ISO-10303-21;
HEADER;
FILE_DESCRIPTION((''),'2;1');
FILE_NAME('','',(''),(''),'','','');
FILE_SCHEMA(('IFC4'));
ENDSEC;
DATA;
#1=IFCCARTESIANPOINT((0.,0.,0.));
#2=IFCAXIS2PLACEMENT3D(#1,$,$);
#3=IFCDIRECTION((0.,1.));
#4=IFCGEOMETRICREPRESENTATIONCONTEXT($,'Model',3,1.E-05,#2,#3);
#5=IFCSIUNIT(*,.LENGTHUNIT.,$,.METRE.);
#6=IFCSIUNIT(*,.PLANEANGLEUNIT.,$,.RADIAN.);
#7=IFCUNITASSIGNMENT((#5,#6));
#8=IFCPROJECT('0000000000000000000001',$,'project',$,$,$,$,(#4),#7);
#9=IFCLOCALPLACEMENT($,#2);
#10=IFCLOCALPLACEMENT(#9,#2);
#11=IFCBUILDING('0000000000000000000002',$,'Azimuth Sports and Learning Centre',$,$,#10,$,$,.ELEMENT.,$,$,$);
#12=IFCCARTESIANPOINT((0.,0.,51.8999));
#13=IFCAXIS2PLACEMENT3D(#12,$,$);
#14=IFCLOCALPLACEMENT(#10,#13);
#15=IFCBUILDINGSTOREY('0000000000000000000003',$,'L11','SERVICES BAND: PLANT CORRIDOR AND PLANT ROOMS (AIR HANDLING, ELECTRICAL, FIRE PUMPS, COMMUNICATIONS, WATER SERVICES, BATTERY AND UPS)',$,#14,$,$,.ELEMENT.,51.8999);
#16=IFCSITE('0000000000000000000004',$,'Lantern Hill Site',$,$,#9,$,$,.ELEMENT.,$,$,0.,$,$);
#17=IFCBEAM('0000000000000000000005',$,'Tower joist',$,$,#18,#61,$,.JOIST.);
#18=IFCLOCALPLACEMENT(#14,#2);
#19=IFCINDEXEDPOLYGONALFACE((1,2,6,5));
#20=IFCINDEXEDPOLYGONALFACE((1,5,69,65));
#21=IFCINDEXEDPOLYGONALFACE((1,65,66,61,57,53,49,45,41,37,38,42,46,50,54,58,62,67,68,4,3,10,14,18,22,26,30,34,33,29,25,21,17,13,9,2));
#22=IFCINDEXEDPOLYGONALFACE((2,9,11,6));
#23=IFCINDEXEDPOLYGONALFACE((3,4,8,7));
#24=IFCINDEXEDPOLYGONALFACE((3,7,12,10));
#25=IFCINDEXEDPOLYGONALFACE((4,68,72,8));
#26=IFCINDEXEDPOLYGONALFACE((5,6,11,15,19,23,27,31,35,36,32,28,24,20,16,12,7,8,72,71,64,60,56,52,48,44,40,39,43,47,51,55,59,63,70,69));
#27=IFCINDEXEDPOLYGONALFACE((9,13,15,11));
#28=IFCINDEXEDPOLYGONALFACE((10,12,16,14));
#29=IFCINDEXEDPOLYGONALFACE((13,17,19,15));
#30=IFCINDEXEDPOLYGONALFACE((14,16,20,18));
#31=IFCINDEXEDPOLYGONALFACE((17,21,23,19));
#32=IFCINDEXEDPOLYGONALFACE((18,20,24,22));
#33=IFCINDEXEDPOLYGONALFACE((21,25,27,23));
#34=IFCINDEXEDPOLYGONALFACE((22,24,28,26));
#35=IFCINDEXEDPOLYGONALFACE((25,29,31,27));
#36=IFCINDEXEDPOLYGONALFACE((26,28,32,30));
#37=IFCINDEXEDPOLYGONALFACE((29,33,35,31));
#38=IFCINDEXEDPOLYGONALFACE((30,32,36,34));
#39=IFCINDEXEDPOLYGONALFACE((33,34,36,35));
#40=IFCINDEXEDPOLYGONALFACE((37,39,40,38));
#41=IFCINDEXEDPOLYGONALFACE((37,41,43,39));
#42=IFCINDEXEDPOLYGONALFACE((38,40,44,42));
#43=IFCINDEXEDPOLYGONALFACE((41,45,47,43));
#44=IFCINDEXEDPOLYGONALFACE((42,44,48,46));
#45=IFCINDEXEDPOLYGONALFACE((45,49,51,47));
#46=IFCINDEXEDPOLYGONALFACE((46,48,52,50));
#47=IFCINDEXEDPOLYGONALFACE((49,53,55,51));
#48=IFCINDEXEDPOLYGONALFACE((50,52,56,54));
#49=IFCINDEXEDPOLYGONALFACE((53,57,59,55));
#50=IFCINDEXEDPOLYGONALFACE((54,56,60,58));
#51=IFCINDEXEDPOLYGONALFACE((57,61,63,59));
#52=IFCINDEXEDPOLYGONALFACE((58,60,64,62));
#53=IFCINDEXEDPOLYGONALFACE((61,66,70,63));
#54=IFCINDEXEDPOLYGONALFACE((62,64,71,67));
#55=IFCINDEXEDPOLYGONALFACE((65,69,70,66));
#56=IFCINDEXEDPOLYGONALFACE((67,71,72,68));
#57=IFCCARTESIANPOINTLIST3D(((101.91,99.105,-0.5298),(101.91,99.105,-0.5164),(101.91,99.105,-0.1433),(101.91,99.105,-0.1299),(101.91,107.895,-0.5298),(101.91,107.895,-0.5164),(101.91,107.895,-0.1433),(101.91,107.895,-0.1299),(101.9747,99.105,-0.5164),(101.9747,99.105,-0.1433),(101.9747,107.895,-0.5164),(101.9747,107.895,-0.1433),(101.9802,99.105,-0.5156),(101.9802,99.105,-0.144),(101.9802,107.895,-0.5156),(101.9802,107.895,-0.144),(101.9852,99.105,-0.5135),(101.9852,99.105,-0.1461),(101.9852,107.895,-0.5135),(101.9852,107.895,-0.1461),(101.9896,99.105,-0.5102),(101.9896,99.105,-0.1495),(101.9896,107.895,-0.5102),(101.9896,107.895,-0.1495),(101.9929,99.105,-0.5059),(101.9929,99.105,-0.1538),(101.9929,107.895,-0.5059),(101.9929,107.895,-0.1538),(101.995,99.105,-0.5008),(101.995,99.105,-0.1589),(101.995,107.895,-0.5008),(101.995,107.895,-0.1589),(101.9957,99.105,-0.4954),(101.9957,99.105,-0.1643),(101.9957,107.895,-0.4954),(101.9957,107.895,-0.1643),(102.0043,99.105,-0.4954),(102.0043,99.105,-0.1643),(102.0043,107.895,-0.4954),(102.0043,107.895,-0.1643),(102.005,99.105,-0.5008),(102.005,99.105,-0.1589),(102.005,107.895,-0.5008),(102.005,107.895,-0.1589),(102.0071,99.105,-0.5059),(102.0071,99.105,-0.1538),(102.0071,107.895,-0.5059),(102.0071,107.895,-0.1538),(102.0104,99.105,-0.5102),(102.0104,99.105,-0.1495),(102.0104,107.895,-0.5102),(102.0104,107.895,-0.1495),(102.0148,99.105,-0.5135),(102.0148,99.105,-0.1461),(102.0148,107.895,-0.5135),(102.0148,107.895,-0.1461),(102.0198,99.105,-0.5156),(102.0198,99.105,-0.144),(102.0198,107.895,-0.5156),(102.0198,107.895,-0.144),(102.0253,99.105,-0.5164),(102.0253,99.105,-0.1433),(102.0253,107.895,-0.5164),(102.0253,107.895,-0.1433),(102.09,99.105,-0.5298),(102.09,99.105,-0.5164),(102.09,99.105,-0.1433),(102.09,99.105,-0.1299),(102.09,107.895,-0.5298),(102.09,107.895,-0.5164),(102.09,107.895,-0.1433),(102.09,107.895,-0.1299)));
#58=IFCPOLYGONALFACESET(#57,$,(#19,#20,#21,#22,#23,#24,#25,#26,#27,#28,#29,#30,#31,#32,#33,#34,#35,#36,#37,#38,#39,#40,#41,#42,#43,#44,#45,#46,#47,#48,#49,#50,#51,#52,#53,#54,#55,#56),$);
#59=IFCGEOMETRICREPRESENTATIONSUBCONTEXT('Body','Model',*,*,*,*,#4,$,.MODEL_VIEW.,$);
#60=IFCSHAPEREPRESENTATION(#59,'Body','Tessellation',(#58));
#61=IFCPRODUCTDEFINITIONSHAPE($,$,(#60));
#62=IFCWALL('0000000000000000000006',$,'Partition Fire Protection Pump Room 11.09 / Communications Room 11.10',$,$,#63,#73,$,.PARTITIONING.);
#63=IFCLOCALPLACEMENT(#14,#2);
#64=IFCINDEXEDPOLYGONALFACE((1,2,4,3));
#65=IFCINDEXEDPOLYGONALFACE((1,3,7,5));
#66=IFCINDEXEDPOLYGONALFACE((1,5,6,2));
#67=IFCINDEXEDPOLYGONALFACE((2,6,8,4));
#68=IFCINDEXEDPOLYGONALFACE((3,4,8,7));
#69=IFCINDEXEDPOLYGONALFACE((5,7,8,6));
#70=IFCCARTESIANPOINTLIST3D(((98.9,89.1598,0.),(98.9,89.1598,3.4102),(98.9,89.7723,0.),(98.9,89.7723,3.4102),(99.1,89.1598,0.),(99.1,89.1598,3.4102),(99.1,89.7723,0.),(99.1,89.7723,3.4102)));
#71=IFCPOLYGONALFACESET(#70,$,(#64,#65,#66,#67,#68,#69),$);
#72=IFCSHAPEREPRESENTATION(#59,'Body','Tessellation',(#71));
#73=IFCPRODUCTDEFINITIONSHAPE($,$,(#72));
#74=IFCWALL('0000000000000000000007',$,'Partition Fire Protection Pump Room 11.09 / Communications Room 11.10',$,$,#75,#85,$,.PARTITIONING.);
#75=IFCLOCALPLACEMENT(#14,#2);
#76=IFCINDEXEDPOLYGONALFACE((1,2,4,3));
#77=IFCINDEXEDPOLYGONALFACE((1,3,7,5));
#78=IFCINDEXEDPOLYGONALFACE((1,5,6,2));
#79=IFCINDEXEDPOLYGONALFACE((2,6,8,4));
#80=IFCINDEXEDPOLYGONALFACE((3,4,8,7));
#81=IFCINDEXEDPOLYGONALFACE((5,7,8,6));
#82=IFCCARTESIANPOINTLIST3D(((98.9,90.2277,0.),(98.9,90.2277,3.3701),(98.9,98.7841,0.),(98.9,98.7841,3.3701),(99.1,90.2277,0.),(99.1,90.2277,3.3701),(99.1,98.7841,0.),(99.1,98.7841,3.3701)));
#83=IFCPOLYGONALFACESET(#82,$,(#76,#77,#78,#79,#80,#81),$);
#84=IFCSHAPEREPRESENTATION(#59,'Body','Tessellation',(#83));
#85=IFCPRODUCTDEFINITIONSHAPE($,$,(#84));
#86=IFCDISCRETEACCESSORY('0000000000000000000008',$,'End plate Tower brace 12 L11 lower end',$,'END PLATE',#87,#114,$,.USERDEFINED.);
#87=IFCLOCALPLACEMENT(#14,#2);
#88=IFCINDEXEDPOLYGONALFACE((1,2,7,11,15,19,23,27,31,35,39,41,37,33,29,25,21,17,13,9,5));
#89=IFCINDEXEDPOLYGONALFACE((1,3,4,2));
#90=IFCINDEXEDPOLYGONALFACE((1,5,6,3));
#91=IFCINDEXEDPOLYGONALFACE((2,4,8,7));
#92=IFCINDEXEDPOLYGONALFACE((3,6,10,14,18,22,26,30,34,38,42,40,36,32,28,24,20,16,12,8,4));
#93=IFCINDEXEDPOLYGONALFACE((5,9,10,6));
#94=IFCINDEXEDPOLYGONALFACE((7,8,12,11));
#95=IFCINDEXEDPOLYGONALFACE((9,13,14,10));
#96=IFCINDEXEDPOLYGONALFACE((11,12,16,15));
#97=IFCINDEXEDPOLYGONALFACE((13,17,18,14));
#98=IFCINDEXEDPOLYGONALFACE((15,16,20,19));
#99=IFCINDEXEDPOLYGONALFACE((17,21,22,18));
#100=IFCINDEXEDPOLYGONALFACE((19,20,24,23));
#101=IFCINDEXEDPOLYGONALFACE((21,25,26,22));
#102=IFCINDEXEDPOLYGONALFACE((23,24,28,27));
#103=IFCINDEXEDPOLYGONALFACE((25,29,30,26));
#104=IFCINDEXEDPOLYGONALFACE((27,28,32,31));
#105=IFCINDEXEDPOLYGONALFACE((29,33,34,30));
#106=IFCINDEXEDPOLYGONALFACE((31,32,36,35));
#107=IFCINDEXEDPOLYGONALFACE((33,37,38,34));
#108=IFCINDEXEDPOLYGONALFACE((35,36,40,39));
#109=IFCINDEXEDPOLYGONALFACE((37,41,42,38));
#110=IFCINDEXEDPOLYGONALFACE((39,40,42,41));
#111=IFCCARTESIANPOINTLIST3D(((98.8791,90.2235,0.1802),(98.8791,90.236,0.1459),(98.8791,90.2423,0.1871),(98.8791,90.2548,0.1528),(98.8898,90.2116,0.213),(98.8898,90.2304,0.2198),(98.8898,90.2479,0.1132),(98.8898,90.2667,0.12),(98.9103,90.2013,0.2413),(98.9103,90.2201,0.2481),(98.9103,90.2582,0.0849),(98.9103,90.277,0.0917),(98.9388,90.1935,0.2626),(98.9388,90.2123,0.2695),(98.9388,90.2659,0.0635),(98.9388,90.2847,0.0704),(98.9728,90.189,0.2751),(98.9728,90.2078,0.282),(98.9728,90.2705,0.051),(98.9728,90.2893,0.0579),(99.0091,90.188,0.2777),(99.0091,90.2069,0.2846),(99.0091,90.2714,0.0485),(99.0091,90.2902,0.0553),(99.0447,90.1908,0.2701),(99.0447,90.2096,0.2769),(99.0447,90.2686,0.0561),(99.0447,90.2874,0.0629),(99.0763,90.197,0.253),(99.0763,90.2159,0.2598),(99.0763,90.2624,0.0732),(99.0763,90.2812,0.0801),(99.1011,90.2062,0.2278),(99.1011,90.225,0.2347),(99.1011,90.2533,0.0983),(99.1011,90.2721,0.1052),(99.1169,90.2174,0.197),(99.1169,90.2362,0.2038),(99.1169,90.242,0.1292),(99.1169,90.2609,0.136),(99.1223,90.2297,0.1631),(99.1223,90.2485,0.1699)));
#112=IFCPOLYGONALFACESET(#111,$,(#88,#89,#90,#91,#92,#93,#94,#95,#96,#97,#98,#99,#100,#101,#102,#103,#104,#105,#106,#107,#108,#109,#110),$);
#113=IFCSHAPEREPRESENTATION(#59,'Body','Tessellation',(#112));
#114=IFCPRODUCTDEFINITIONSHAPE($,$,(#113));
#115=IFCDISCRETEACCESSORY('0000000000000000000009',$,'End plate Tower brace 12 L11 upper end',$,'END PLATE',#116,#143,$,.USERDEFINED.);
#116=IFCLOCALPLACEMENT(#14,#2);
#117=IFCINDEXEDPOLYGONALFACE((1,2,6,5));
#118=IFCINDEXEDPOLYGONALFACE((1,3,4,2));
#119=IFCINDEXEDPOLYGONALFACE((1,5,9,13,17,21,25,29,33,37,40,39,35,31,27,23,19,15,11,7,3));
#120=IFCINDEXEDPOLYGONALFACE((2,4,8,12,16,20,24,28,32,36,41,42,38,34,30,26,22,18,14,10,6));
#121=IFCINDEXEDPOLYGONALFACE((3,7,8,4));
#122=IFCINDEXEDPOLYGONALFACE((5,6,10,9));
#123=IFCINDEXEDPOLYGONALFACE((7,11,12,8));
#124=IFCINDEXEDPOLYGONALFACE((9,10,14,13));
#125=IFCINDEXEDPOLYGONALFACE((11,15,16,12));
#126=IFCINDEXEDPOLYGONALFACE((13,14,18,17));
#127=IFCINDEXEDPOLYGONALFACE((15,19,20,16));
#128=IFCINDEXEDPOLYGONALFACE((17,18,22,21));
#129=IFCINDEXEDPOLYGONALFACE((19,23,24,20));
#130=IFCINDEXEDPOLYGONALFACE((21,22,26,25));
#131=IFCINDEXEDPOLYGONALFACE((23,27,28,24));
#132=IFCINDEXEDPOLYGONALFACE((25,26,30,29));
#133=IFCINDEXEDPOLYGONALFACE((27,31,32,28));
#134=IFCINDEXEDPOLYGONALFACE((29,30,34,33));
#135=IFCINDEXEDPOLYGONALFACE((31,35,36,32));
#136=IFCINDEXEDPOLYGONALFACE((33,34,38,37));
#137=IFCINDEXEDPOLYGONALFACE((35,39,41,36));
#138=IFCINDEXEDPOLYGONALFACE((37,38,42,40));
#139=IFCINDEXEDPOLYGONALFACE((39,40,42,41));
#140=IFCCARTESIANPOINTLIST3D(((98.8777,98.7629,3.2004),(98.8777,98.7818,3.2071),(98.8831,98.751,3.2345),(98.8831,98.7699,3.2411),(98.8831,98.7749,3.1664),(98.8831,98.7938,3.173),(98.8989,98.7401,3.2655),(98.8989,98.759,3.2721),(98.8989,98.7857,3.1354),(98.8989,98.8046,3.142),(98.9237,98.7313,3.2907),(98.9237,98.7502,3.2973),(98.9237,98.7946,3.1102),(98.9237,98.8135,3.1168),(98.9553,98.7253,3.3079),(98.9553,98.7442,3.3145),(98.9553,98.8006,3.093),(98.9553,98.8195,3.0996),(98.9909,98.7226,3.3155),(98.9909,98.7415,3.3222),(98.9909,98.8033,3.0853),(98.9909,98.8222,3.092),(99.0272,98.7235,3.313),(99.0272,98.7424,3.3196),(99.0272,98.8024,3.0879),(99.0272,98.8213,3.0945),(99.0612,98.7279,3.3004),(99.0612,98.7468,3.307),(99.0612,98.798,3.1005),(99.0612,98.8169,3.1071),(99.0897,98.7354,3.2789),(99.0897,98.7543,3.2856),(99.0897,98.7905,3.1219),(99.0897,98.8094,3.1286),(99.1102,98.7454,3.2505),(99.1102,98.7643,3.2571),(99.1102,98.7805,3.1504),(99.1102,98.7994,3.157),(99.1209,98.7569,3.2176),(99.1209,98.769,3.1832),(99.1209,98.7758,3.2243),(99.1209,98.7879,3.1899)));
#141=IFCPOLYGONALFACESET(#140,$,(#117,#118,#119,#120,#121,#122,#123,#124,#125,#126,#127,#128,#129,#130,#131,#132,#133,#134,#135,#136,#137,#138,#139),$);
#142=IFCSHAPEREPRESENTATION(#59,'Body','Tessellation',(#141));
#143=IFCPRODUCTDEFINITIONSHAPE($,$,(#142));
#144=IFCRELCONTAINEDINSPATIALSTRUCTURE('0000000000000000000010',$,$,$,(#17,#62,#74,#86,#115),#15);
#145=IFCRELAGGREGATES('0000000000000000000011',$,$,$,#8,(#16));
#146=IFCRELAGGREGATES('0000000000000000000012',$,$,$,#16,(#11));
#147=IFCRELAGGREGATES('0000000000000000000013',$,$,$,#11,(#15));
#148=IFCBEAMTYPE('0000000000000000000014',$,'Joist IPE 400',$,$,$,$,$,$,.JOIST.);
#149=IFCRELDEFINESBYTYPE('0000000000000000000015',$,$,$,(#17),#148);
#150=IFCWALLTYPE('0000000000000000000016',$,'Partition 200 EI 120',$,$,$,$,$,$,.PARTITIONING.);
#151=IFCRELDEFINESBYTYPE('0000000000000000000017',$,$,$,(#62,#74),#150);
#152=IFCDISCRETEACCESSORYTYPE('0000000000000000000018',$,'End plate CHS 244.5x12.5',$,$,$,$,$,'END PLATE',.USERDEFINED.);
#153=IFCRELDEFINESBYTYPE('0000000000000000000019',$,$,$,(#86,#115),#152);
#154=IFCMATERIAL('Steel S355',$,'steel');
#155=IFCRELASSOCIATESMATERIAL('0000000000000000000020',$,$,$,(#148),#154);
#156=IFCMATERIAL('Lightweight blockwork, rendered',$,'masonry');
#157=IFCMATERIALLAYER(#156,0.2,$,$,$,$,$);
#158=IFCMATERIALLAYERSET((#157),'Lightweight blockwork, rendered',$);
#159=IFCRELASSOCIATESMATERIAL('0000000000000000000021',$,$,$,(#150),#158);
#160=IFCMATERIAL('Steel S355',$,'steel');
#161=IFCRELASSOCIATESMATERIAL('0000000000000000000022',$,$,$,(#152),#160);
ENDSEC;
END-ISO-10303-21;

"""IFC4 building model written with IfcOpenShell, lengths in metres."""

from ifc_helpers import new_model, si_unit, direction, frame, frame_2d, origin, origin_2d, place, context, subcontext, project, spatial, rectangle, circle, i_section, extrude, material, layer, layer_set, material_profile, profile_set, type_object, element, save


model = new_model("IFC4")

# Units and contexts
model_context = context("Model", 3, precision=1e-05, world=origin(), true_north=direction((0.0, 1.0)))
body_context = subcontext(model_context, "Body", "Model", "MODEL_VIEW")
ifc_project = project(units=[si_unit("LENGTHUNIT", "METRE"), si_unit("PLANEANGLEUNIT", "RADIAN")], contexts=[model_context])

# Site, building, storey
site_placement = place(None, origin())
site = spatial("IfcSite", under=ifc_project, at=site_placement, Name="Lantern Hill Site", CompositionType="ELEMENT", RefElevation=0.0)
building_placement = place(site_placement, origin())
building = spatial("IfcBuilding", under=site, at=building_placement, Name="Azimuth Sports and Learning Centre", CompositionType="ELEMENT")
storey_placement = place(building_placement, frame((0.0, 0.0, 51.8999)))
storey = spatial("IfcBuildingStorey", under=building, at=storey_placement, Name="L11", Description="SERVICES BAND: PLANT CORRIDOR AND PLANT ROOMS (AIR HANDLING, ELECTRICAL, FIRE PUMPS, COMMUNICATIONS, WATER SERVICES, BATTERY AND UPS)", CompositionType="ELEMENT", Elevation=51.8999)

# Beam
ifc_material_1 = material(Name="Steel S355", Category="steel")
ifc_material_profile_1 = material_profile(ifc_material_1, i_section(OverallWidth=0.1799, OverallDepth=0.3999, WebThickness=0.0085, FlangeThickness=0.0134, FilletRadius=0.021, at=origin_2d()), Name="IPE 400")
ifc_profile_set_1 = profile_set([ifc_material_profile_1], Name="Steel S355")
beam_type_1 = type_object("IfcBeamType", Name="Joist IPE 400", PredefinedType="JOIST", material=ifc_profile_set_1)
for number, where, z_axis, x_axis, name in (
    (1, (102.0, 99.105, -0.3298), (0.0, 1.0, 0.0), (-1.0, 0.0, 0.0), "Tower joist"),
):
    element("IfcBeam", number, at=place(storey_placement, frame(where, z_axis=z_axis, x_axis=x_axis)), inside=storey, type_object=beam_type_1, Name=name, PredefinedType="JOIST", context=body_context, shape_type="SweptSolid", body=[
        extrude(i_section(OverallWidth=0.1799, OverallDepth=0.3999, WebThickness=0.0085, FlangeThickness=0.0134, FilletRadius=0.021, at=origin_2d()), origin(), (0.0, 0.0, 1.0), 8.79),
    ])

# Walls
ifc_material_2 = material(Name="Lightweight blockwork, rendered", Category="masonry")
ifc_layer = layer(ifc_material_2, 0.2)
ifc_layer_set = layer_set([ifc_layer], Name="Lightweight blockwork, rendered")
wall_type = type_object("IfcWallType", Name="Partition 200 EI 120", PredefinedType="PARTITIONING", material=ifc_layer_set)
wall_1_placement = place(storey_placement, frame((99.0, 89.1599, 0.0), z_axis=(0.0, 0.0, 1.0), x_axis=(0.0, 1.0, 0.0)))
element("IfcWall", 2, at=wall_1_placement, inside=storey, type_object=wall_type, Name="Partition Fire Protection Pump Room 11.09 / Communications Room 11.10", PredefinedType="PARTITIONING", context=body_context, shape_type="SweptSolid", body=[
    extrude(rectangle(XDim=0.6125, YDim=0.2, at=frame_2d((0.3062, 0.0))), origin(), (0.0, 0.0, 1.0), 3.4102),
])
wall_2_placement = place(storey_placement, frame((99.0, 90.2275, 0.0), z_axis=(0.0, 0.0, 1.0), x_axis=(0.0, 1.0, 0.0)))
element("IfcWall", 3, at=wall_2_placement, inside=storey, type_object=wall_type, Name="Partition Fire Protection Pump Room 11.09 / Communications Room 11.10", PredefinedType="PARTITIONING", context=body_context, shape_type="SweptSolid", body=[
    extrude(rectangle(XDim=8.5564, YDim=0.2, at=frame_2d((4.2783, 0.0))), origin(), (0.0, 0.0, 1.0), 3.3701),
])

# Discrete accessories
ifc_material_3 = material(Name="Steel S355", Category="steel")
ifc_material_profile_2 = material_profile(ifc_material_3, circle(Radius=0.1223, at=origin_2d()), Name="PL 244 DISC")
ifc_profile_set_2 = profile_set([ifc_material_profile_2], Name="Steel S355")
discrete_accessory_type = type_object("IfcDiscreteAccessoryType", Name="End plate CHS 244.5x12.5", ElementType="END PLATE", PredefinedType="USERDEFINED", material=ifc_profile_set_2)
for number, where, z_axis, x_axis, name in (
    (4, (99.0, 90.2485, 0.1699), (0.0, -0.939793, -0.341743), (1.0, 0.0, 0.0), "End plate Tower brace 12 L11 lower end"),
    (5, (99.0, 98.7629, 3.2004), (0.0, 0.943667, 0.330896), (-1.0, 0.0, 0.0), "End plate Tower brace 12 L11 upper end"),
):
    element("IfcDiscreteAccessory", number, at=place(storey_placement, frame(where, z_axis=z_axis, x_axis=x_axis)), inside=storey, type_object=discrete_accessory_type, Name=name, ObjectType="END PLATE", PredefinedType="USERDEFINED", context=body_context, shape_type="SweptSolid", body=[
        extrude(circle(Radius=0.1223, at=origin_2d()), origin(), (0.0, 0.0, 1.0), 0.02),
    ])

save(model, "model.ifc")
